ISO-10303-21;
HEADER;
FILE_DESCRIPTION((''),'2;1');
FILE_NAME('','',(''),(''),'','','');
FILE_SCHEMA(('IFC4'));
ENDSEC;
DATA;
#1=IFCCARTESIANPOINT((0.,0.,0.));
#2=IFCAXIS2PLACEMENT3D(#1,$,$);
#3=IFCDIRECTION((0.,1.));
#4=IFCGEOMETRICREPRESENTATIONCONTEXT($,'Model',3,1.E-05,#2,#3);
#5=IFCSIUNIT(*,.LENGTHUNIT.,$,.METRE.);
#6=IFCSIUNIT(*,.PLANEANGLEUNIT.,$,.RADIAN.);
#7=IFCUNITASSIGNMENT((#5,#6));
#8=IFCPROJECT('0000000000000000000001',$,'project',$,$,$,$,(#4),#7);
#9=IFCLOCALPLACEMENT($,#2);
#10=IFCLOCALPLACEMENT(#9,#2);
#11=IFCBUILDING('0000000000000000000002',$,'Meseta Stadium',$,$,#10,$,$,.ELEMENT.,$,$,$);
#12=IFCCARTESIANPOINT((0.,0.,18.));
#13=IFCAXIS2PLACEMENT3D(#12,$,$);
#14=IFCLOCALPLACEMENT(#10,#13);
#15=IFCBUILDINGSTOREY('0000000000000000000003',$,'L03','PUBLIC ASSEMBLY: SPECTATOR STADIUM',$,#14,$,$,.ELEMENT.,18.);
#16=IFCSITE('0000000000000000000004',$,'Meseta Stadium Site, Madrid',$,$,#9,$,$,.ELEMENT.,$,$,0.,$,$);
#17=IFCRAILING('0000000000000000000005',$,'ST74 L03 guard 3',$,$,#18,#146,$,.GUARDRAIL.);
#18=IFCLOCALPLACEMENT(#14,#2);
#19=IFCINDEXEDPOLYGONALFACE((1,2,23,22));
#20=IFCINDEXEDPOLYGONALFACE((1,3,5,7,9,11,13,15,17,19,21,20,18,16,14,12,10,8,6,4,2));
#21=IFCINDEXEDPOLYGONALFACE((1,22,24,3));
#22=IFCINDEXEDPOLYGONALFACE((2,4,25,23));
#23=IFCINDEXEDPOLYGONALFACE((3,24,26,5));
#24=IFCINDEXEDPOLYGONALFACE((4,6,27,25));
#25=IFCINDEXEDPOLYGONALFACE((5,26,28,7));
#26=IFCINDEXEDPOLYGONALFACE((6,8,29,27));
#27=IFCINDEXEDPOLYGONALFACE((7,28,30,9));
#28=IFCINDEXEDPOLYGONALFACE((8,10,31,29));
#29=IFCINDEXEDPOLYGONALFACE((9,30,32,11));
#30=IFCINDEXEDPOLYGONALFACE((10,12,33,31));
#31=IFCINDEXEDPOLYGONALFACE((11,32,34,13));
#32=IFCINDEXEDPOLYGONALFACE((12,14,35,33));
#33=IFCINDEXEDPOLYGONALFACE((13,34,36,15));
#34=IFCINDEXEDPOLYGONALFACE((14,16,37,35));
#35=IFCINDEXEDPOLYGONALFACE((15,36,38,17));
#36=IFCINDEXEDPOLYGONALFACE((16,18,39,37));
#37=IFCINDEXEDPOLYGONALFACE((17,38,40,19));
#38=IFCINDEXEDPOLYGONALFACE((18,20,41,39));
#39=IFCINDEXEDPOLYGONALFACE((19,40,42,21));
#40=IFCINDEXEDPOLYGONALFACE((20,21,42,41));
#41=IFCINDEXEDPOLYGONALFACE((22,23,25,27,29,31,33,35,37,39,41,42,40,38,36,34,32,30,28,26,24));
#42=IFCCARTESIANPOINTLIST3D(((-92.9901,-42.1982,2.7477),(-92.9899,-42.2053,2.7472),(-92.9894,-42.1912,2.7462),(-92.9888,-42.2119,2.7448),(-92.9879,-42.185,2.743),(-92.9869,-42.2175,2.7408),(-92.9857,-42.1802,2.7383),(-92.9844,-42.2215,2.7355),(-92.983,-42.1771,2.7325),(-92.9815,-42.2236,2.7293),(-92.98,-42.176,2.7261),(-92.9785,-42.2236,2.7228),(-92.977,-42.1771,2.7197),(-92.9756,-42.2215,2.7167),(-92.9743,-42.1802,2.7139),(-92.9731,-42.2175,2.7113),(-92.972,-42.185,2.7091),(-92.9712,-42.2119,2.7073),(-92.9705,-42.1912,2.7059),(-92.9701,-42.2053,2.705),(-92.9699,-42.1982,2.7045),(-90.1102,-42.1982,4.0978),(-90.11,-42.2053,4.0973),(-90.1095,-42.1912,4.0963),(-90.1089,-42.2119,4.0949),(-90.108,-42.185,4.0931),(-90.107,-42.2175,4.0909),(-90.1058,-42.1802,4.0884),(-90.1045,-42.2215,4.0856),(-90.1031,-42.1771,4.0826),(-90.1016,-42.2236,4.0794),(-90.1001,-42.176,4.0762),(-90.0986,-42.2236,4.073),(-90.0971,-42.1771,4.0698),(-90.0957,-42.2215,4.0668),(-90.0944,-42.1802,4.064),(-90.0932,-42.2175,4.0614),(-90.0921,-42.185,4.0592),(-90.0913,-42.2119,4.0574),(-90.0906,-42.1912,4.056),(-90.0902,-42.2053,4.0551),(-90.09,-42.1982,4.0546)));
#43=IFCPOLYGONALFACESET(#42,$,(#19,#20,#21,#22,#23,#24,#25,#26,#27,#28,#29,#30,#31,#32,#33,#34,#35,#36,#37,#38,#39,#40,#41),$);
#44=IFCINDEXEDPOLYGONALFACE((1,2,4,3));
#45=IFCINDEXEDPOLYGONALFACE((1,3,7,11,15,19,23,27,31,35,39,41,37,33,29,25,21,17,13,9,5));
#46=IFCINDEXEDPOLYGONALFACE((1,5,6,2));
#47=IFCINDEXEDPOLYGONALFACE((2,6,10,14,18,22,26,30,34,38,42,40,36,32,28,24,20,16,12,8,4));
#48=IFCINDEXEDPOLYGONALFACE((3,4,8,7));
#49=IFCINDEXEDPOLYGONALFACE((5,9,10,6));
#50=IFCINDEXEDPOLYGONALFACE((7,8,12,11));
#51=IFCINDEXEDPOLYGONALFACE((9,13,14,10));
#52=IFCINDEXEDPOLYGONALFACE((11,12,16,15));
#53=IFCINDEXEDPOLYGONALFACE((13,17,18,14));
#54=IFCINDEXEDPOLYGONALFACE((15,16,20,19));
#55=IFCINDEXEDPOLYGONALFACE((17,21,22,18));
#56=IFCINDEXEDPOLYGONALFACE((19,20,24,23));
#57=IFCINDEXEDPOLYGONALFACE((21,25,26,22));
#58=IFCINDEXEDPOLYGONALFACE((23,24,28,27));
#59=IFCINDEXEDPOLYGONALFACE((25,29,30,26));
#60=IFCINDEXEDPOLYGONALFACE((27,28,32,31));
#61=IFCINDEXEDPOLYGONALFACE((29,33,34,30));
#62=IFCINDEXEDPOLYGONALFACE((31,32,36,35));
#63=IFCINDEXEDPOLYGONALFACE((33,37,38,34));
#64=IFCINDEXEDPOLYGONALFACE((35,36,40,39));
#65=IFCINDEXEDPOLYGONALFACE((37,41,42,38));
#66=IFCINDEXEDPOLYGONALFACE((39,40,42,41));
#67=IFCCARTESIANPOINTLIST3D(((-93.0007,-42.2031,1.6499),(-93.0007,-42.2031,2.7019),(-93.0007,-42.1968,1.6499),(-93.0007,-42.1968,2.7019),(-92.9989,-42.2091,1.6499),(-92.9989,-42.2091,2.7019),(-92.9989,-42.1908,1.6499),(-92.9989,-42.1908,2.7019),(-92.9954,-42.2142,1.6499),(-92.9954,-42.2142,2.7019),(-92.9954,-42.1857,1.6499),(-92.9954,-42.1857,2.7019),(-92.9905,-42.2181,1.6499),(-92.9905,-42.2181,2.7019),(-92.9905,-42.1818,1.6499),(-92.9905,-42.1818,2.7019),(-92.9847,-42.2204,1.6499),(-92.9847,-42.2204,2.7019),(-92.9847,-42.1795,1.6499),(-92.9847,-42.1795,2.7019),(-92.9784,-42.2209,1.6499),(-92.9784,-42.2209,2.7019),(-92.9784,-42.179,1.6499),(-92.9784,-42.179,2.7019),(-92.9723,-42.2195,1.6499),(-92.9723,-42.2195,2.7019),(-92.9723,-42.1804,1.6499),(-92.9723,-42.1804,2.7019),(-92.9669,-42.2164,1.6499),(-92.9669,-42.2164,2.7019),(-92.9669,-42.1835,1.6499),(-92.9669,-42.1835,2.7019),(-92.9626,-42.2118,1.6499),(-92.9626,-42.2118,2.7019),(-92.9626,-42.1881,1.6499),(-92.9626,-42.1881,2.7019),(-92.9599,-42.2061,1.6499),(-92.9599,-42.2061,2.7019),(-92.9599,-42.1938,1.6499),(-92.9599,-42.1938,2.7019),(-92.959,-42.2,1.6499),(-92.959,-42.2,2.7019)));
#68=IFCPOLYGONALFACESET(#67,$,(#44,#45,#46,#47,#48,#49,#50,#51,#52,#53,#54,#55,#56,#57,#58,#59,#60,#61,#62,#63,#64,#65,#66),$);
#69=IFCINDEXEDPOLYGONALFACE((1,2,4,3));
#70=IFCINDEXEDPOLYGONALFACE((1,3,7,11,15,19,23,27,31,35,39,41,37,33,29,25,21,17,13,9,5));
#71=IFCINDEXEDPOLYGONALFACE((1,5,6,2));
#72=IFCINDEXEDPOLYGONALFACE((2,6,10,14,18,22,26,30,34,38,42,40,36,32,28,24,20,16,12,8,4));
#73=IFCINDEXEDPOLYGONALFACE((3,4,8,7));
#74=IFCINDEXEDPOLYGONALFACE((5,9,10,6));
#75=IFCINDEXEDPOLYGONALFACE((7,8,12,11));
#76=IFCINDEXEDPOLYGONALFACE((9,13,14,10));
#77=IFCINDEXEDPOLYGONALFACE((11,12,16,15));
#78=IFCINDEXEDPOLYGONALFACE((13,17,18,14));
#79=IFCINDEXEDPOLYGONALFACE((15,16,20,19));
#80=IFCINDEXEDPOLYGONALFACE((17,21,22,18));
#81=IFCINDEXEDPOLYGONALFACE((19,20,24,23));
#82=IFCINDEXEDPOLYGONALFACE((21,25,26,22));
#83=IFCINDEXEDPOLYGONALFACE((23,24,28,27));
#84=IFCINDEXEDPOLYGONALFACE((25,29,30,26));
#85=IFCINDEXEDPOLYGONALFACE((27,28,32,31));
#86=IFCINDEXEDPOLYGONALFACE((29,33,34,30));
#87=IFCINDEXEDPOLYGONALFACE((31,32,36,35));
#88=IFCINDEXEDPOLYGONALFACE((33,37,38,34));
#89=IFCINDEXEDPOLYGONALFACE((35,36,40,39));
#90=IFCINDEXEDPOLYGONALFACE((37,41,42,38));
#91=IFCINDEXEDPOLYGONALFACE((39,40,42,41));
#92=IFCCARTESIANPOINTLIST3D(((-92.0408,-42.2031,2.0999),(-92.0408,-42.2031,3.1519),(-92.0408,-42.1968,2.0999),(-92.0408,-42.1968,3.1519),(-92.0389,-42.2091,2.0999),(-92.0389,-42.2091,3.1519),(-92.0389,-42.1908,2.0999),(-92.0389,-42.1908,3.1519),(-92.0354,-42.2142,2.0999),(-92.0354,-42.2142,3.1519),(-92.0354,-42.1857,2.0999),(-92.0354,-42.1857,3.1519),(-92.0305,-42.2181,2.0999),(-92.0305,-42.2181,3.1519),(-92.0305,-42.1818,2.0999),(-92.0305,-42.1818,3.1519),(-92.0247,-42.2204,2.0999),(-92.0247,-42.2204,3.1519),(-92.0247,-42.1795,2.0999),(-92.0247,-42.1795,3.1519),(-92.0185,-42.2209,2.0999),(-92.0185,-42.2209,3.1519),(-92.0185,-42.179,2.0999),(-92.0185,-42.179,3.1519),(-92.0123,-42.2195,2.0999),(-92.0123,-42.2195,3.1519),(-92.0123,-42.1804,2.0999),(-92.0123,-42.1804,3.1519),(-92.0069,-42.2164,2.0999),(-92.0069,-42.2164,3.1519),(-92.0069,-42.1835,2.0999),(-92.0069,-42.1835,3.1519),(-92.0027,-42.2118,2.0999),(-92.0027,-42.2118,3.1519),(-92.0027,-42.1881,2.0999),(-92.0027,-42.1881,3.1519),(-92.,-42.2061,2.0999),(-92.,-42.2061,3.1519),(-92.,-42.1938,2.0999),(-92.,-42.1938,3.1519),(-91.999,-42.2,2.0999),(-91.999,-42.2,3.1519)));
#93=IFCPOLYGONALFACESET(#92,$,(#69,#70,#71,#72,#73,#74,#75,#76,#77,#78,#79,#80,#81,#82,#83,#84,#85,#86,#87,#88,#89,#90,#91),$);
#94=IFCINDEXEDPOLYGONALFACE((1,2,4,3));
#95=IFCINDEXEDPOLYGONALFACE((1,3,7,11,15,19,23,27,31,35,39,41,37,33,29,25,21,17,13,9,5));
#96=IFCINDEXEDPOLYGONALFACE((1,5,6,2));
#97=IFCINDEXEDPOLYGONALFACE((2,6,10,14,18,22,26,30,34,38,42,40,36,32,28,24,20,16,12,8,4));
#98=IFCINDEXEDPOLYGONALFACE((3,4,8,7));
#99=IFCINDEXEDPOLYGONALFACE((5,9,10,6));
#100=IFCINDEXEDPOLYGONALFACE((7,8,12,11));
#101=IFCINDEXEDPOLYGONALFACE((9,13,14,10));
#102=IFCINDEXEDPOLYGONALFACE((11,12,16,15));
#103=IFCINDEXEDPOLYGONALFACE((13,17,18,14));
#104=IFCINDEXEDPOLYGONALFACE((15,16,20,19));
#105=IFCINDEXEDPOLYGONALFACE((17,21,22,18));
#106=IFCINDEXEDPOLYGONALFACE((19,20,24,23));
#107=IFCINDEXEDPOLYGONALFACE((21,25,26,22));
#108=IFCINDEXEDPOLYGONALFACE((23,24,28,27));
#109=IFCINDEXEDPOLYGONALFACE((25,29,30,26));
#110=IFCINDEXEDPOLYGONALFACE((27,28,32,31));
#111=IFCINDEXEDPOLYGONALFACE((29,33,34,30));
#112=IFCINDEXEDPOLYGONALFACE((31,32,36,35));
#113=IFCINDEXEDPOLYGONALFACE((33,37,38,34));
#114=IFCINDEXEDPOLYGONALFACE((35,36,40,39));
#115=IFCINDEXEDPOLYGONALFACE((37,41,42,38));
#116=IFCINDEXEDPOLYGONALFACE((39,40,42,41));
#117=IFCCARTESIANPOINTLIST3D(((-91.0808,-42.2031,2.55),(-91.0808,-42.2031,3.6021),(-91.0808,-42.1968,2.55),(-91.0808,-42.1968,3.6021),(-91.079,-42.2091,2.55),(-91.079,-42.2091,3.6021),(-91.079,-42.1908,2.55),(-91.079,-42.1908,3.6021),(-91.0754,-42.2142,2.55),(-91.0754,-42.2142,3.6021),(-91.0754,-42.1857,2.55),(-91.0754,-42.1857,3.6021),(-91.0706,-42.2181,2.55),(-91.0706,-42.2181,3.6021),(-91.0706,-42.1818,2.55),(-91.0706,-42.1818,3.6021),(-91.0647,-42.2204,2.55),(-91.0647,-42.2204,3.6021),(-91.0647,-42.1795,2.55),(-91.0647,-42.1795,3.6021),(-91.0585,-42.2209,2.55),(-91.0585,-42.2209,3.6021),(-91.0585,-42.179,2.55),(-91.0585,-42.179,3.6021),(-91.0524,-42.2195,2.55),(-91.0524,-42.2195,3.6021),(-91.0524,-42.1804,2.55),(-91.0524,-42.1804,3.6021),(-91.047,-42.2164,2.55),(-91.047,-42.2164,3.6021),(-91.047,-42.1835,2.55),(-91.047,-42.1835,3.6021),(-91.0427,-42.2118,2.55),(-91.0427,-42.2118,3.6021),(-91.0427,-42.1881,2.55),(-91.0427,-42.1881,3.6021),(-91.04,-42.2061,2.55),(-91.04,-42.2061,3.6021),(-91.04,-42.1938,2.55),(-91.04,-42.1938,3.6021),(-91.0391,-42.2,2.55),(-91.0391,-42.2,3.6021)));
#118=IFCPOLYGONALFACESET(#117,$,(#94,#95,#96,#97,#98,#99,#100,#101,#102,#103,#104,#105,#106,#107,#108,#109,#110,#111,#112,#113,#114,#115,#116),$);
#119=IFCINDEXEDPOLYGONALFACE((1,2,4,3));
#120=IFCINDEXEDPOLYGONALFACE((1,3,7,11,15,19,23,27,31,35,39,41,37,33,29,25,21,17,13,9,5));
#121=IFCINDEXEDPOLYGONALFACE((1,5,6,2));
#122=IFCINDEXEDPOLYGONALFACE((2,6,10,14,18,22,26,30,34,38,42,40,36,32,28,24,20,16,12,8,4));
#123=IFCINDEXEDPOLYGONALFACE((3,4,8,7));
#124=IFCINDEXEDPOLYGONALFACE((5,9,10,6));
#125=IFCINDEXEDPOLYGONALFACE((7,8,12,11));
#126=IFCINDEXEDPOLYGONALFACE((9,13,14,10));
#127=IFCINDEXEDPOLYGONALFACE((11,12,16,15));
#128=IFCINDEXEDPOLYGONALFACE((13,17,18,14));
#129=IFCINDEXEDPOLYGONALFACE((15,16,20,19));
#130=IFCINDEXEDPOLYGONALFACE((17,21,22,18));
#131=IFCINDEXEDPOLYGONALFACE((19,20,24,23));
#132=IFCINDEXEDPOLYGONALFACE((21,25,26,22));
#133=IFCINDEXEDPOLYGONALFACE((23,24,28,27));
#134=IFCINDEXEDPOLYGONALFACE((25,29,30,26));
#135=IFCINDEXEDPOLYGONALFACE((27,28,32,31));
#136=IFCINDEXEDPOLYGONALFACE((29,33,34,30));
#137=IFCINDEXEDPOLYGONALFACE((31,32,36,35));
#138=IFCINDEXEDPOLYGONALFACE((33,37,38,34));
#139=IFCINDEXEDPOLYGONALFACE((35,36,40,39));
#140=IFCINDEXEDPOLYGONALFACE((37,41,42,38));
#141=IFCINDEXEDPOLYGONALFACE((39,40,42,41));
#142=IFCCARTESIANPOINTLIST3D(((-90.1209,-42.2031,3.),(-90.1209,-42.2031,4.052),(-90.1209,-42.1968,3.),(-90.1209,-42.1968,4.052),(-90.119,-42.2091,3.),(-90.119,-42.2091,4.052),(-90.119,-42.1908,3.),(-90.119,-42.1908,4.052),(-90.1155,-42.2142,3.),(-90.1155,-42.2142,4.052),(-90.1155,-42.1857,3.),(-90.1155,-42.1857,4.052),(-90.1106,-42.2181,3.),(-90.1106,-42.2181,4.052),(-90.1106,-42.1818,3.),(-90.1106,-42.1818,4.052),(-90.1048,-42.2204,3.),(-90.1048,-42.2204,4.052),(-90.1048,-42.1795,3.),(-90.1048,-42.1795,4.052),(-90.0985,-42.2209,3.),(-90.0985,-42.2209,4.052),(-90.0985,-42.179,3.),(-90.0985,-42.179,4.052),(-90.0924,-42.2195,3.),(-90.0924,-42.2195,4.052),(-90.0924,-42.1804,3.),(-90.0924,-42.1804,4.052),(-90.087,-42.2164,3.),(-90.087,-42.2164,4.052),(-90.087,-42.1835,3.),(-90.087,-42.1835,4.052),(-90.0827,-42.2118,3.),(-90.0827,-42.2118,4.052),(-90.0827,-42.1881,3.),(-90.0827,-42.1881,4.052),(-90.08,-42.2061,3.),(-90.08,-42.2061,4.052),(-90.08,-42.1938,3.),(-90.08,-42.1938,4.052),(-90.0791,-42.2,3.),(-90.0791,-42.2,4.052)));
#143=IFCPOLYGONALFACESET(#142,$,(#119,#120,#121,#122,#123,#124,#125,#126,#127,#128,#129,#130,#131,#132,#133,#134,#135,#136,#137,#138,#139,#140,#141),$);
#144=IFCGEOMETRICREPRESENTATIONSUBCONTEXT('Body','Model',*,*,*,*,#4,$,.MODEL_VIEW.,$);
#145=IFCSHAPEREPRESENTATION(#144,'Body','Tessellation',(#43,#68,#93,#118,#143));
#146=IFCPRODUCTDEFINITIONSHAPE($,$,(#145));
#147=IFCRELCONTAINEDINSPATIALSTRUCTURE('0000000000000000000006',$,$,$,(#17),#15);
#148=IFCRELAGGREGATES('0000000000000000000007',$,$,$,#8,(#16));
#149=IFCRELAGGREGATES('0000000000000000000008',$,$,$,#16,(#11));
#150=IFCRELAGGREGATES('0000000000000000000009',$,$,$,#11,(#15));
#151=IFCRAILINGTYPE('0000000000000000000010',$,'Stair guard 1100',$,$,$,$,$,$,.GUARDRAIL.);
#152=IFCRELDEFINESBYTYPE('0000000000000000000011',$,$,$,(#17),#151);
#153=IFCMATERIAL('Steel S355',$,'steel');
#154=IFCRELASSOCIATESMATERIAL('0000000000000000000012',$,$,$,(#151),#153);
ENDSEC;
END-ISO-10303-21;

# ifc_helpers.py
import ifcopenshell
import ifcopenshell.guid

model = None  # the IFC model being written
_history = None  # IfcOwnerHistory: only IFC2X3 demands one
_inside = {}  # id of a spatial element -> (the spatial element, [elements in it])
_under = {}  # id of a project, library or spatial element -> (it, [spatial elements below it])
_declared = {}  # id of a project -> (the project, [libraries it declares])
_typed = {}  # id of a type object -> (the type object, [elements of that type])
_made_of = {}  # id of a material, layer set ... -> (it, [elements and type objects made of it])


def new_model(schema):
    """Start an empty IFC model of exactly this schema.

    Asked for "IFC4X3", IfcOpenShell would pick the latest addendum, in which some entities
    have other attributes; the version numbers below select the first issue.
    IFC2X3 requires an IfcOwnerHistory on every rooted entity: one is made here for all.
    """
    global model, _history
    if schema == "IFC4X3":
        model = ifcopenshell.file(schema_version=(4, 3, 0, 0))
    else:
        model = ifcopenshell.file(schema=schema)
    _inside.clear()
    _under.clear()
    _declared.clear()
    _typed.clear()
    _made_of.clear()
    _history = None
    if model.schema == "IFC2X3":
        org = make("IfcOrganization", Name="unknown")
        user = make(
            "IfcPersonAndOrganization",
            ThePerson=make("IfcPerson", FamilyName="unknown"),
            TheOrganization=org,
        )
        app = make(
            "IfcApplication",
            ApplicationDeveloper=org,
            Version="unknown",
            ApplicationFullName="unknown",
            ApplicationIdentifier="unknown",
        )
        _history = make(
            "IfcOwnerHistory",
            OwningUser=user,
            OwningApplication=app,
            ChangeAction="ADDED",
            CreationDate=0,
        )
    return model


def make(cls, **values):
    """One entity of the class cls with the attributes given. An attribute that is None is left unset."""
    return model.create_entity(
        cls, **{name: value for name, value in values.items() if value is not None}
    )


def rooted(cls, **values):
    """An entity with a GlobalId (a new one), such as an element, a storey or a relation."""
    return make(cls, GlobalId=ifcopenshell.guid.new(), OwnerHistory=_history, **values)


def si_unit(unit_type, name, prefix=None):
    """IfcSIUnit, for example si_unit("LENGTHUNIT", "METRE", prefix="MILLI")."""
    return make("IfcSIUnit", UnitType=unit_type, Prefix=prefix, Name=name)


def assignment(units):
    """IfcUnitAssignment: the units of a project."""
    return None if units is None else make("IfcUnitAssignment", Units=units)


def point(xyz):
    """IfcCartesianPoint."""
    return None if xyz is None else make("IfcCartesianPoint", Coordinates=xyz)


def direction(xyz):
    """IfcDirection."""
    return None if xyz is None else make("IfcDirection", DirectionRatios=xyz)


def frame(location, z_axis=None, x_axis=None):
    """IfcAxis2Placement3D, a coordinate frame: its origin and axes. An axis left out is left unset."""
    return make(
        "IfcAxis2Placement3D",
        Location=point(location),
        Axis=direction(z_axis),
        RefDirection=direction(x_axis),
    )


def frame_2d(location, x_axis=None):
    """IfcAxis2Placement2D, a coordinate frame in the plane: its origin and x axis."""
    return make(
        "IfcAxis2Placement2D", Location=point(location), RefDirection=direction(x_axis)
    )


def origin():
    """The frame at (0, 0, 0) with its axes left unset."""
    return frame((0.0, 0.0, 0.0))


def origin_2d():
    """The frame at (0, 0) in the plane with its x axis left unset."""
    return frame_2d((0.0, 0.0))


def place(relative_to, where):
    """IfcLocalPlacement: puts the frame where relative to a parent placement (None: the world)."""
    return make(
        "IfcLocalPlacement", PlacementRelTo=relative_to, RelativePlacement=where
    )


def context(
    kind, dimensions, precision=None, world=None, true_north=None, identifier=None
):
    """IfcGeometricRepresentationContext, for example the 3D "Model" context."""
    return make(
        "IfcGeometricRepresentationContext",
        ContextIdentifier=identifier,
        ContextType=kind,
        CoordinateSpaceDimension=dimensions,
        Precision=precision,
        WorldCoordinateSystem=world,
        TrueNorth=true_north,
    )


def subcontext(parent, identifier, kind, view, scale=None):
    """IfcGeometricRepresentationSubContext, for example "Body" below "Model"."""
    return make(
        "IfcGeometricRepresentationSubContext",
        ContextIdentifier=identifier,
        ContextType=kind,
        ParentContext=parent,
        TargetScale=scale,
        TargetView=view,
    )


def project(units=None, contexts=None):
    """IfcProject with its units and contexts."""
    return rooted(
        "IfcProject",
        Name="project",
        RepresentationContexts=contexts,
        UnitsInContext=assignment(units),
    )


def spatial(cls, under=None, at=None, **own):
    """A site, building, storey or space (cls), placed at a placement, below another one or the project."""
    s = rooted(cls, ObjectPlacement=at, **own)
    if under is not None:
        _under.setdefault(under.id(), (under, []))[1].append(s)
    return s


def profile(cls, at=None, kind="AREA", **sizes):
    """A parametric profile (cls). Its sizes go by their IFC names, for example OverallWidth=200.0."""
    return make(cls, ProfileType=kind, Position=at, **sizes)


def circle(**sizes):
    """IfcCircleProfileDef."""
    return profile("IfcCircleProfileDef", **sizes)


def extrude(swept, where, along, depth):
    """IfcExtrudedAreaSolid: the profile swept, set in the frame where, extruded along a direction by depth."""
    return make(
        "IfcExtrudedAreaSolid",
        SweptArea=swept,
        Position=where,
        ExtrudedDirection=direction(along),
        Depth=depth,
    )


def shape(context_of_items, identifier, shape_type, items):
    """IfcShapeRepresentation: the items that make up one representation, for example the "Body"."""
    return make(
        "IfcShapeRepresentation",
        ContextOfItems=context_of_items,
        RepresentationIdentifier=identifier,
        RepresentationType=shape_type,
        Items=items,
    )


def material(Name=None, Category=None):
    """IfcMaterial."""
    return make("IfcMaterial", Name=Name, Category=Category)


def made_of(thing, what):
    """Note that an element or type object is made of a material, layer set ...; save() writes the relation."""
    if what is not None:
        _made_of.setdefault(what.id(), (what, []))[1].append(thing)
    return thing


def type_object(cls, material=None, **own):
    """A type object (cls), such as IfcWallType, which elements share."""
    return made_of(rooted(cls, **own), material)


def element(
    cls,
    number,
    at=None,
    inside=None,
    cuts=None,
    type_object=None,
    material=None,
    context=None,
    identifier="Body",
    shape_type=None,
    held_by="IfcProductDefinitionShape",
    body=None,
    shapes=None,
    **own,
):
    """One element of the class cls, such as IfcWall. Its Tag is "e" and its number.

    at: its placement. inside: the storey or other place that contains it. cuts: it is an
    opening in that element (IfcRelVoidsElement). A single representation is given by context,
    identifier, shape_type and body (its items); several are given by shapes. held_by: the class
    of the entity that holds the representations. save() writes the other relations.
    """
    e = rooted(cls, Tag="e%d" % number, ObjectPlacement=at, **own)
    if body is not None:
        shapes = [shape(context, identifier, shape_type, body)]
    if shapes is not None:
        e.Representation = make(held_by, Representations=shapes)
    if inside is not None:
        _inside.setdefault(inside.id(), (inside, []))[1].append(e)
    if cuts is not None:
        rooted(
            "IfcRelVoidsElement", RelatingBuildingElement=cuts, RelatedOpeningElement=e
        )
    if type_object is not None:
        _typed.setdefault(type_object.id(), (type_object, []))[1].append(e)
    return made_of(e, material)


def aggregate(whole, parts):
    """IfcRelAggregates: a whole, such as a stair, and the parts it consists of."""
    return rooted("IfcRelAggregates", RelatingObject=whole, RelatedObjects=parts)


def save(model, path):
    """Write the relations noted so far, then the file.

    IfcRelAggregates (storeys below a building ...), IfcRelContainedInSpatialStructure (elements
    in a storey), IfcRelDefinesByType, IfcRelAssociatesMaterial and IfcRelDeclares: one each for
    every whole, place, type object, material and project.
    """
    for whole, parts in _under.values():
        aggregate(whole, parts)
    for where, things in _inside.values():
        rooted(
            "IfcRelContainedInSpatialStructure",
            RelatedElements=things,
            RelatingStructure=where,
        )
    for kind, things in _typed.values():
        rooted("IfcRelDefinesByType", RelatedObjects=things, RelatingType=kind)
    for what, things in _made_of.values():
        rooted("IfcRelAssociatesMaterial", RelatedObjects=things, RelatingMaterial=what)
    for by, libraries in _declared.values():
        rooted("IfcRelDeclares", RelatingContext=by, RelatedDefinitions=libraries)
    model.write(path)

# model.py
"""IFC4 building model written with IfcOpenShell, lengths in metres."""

from ifc_helpers import new_model, si_unit, direction, frame, origin, origin_2d, place, context, subcontext, project, spatial, circle, extrude, material, type_object, element, save


model = new_model("IFC4")

# Units and contexts
model_context = context("Model", 3, precision=1e-05, world=origin(), true_north=direction((0.0, 1.0)))
body_context = subcontext(model_context, "Body", "Model", "MODEL_VIEW")
ifc_project = project(units=[si_unit("LENGTHUNIT", "METRE"), si_unit("PLANEANGLEUNIT", "RADIAN")], contexts=[model_context])

# Site, building, storey
site_placement = place(None, origin())
site = spatial("IfcSite", under=ifc_project, at=site_placement, Name="Meseta Stadium Site, Madrid", CompositionType="ELEMENT", RefElevation=0.0)
building_placement = place(site_placement, origin())
building = spatial("IfcBuilding", under=site, at=building_placement, Name="Meseta Stadium", CompositionType="ELEMENT")
storey_placement = place(building_placement, frame((0.0, 0.0, 18.0)))
storey = spatial("IfcBuildingStorey", under=building, at=storey_placement, Name="L03", Description="PUBLIC ASSEMBLY: SPECTATOR STADIUM", CompositionType="ELEMENT", Elevation=18.0)

# Railing
ifc_material_1 = material(Name="Steel S355", Category="steel")
railing_type_1 = type_object("IfcRailingType", Name="Stair guard 1100", PredefinedType="GUARDRAIL", material=ifc_material_1)
railing_1_placement = place(storey_placement, frame((-92.98, -42.2, 1.6499)))
element("IfcRailing", 1, at=railing_1_placement, inside=storey, type_object=railing_type_1, Name="ST74 L03 guard 3", PredefinedType="GUARDRAIL", context=body_context, shape_type="SweptSolid", body=[
    extrude(circle(Radius=0.0239, at=origin_2d()), frame((0.0, 0.0, 1.0762), z_axis=(0.90544, 0.0, 0.424473), x_axis=(0.0, 1.0, 0.0)), (0.0, 0.0, 1.0), 3.1807),
    extrude(circle(Radius=0.021, at=origin_2d()), origin(), (0.0, 0.0, 1.0), 1.052),
    extrude(circle(Radius=0.021, at=origin_2d()), frame((0.96, 0.0, 0.45)), (0.0, 0.0, 1.0), 1.052),
    extrude(circle(Radius=0.021, at=origin_2d()), frame((1.9199, 0.0, 0.9001)), (0.0, 0.0, 1.0), 1.052),
    extrude(circle(Radius=0.021, at=origin_2d()), frame((2.8799, 0.0, 1.3501)), (0.0, 0.0, 1.0), 1.052),
])

save(model, "model.ifc")
